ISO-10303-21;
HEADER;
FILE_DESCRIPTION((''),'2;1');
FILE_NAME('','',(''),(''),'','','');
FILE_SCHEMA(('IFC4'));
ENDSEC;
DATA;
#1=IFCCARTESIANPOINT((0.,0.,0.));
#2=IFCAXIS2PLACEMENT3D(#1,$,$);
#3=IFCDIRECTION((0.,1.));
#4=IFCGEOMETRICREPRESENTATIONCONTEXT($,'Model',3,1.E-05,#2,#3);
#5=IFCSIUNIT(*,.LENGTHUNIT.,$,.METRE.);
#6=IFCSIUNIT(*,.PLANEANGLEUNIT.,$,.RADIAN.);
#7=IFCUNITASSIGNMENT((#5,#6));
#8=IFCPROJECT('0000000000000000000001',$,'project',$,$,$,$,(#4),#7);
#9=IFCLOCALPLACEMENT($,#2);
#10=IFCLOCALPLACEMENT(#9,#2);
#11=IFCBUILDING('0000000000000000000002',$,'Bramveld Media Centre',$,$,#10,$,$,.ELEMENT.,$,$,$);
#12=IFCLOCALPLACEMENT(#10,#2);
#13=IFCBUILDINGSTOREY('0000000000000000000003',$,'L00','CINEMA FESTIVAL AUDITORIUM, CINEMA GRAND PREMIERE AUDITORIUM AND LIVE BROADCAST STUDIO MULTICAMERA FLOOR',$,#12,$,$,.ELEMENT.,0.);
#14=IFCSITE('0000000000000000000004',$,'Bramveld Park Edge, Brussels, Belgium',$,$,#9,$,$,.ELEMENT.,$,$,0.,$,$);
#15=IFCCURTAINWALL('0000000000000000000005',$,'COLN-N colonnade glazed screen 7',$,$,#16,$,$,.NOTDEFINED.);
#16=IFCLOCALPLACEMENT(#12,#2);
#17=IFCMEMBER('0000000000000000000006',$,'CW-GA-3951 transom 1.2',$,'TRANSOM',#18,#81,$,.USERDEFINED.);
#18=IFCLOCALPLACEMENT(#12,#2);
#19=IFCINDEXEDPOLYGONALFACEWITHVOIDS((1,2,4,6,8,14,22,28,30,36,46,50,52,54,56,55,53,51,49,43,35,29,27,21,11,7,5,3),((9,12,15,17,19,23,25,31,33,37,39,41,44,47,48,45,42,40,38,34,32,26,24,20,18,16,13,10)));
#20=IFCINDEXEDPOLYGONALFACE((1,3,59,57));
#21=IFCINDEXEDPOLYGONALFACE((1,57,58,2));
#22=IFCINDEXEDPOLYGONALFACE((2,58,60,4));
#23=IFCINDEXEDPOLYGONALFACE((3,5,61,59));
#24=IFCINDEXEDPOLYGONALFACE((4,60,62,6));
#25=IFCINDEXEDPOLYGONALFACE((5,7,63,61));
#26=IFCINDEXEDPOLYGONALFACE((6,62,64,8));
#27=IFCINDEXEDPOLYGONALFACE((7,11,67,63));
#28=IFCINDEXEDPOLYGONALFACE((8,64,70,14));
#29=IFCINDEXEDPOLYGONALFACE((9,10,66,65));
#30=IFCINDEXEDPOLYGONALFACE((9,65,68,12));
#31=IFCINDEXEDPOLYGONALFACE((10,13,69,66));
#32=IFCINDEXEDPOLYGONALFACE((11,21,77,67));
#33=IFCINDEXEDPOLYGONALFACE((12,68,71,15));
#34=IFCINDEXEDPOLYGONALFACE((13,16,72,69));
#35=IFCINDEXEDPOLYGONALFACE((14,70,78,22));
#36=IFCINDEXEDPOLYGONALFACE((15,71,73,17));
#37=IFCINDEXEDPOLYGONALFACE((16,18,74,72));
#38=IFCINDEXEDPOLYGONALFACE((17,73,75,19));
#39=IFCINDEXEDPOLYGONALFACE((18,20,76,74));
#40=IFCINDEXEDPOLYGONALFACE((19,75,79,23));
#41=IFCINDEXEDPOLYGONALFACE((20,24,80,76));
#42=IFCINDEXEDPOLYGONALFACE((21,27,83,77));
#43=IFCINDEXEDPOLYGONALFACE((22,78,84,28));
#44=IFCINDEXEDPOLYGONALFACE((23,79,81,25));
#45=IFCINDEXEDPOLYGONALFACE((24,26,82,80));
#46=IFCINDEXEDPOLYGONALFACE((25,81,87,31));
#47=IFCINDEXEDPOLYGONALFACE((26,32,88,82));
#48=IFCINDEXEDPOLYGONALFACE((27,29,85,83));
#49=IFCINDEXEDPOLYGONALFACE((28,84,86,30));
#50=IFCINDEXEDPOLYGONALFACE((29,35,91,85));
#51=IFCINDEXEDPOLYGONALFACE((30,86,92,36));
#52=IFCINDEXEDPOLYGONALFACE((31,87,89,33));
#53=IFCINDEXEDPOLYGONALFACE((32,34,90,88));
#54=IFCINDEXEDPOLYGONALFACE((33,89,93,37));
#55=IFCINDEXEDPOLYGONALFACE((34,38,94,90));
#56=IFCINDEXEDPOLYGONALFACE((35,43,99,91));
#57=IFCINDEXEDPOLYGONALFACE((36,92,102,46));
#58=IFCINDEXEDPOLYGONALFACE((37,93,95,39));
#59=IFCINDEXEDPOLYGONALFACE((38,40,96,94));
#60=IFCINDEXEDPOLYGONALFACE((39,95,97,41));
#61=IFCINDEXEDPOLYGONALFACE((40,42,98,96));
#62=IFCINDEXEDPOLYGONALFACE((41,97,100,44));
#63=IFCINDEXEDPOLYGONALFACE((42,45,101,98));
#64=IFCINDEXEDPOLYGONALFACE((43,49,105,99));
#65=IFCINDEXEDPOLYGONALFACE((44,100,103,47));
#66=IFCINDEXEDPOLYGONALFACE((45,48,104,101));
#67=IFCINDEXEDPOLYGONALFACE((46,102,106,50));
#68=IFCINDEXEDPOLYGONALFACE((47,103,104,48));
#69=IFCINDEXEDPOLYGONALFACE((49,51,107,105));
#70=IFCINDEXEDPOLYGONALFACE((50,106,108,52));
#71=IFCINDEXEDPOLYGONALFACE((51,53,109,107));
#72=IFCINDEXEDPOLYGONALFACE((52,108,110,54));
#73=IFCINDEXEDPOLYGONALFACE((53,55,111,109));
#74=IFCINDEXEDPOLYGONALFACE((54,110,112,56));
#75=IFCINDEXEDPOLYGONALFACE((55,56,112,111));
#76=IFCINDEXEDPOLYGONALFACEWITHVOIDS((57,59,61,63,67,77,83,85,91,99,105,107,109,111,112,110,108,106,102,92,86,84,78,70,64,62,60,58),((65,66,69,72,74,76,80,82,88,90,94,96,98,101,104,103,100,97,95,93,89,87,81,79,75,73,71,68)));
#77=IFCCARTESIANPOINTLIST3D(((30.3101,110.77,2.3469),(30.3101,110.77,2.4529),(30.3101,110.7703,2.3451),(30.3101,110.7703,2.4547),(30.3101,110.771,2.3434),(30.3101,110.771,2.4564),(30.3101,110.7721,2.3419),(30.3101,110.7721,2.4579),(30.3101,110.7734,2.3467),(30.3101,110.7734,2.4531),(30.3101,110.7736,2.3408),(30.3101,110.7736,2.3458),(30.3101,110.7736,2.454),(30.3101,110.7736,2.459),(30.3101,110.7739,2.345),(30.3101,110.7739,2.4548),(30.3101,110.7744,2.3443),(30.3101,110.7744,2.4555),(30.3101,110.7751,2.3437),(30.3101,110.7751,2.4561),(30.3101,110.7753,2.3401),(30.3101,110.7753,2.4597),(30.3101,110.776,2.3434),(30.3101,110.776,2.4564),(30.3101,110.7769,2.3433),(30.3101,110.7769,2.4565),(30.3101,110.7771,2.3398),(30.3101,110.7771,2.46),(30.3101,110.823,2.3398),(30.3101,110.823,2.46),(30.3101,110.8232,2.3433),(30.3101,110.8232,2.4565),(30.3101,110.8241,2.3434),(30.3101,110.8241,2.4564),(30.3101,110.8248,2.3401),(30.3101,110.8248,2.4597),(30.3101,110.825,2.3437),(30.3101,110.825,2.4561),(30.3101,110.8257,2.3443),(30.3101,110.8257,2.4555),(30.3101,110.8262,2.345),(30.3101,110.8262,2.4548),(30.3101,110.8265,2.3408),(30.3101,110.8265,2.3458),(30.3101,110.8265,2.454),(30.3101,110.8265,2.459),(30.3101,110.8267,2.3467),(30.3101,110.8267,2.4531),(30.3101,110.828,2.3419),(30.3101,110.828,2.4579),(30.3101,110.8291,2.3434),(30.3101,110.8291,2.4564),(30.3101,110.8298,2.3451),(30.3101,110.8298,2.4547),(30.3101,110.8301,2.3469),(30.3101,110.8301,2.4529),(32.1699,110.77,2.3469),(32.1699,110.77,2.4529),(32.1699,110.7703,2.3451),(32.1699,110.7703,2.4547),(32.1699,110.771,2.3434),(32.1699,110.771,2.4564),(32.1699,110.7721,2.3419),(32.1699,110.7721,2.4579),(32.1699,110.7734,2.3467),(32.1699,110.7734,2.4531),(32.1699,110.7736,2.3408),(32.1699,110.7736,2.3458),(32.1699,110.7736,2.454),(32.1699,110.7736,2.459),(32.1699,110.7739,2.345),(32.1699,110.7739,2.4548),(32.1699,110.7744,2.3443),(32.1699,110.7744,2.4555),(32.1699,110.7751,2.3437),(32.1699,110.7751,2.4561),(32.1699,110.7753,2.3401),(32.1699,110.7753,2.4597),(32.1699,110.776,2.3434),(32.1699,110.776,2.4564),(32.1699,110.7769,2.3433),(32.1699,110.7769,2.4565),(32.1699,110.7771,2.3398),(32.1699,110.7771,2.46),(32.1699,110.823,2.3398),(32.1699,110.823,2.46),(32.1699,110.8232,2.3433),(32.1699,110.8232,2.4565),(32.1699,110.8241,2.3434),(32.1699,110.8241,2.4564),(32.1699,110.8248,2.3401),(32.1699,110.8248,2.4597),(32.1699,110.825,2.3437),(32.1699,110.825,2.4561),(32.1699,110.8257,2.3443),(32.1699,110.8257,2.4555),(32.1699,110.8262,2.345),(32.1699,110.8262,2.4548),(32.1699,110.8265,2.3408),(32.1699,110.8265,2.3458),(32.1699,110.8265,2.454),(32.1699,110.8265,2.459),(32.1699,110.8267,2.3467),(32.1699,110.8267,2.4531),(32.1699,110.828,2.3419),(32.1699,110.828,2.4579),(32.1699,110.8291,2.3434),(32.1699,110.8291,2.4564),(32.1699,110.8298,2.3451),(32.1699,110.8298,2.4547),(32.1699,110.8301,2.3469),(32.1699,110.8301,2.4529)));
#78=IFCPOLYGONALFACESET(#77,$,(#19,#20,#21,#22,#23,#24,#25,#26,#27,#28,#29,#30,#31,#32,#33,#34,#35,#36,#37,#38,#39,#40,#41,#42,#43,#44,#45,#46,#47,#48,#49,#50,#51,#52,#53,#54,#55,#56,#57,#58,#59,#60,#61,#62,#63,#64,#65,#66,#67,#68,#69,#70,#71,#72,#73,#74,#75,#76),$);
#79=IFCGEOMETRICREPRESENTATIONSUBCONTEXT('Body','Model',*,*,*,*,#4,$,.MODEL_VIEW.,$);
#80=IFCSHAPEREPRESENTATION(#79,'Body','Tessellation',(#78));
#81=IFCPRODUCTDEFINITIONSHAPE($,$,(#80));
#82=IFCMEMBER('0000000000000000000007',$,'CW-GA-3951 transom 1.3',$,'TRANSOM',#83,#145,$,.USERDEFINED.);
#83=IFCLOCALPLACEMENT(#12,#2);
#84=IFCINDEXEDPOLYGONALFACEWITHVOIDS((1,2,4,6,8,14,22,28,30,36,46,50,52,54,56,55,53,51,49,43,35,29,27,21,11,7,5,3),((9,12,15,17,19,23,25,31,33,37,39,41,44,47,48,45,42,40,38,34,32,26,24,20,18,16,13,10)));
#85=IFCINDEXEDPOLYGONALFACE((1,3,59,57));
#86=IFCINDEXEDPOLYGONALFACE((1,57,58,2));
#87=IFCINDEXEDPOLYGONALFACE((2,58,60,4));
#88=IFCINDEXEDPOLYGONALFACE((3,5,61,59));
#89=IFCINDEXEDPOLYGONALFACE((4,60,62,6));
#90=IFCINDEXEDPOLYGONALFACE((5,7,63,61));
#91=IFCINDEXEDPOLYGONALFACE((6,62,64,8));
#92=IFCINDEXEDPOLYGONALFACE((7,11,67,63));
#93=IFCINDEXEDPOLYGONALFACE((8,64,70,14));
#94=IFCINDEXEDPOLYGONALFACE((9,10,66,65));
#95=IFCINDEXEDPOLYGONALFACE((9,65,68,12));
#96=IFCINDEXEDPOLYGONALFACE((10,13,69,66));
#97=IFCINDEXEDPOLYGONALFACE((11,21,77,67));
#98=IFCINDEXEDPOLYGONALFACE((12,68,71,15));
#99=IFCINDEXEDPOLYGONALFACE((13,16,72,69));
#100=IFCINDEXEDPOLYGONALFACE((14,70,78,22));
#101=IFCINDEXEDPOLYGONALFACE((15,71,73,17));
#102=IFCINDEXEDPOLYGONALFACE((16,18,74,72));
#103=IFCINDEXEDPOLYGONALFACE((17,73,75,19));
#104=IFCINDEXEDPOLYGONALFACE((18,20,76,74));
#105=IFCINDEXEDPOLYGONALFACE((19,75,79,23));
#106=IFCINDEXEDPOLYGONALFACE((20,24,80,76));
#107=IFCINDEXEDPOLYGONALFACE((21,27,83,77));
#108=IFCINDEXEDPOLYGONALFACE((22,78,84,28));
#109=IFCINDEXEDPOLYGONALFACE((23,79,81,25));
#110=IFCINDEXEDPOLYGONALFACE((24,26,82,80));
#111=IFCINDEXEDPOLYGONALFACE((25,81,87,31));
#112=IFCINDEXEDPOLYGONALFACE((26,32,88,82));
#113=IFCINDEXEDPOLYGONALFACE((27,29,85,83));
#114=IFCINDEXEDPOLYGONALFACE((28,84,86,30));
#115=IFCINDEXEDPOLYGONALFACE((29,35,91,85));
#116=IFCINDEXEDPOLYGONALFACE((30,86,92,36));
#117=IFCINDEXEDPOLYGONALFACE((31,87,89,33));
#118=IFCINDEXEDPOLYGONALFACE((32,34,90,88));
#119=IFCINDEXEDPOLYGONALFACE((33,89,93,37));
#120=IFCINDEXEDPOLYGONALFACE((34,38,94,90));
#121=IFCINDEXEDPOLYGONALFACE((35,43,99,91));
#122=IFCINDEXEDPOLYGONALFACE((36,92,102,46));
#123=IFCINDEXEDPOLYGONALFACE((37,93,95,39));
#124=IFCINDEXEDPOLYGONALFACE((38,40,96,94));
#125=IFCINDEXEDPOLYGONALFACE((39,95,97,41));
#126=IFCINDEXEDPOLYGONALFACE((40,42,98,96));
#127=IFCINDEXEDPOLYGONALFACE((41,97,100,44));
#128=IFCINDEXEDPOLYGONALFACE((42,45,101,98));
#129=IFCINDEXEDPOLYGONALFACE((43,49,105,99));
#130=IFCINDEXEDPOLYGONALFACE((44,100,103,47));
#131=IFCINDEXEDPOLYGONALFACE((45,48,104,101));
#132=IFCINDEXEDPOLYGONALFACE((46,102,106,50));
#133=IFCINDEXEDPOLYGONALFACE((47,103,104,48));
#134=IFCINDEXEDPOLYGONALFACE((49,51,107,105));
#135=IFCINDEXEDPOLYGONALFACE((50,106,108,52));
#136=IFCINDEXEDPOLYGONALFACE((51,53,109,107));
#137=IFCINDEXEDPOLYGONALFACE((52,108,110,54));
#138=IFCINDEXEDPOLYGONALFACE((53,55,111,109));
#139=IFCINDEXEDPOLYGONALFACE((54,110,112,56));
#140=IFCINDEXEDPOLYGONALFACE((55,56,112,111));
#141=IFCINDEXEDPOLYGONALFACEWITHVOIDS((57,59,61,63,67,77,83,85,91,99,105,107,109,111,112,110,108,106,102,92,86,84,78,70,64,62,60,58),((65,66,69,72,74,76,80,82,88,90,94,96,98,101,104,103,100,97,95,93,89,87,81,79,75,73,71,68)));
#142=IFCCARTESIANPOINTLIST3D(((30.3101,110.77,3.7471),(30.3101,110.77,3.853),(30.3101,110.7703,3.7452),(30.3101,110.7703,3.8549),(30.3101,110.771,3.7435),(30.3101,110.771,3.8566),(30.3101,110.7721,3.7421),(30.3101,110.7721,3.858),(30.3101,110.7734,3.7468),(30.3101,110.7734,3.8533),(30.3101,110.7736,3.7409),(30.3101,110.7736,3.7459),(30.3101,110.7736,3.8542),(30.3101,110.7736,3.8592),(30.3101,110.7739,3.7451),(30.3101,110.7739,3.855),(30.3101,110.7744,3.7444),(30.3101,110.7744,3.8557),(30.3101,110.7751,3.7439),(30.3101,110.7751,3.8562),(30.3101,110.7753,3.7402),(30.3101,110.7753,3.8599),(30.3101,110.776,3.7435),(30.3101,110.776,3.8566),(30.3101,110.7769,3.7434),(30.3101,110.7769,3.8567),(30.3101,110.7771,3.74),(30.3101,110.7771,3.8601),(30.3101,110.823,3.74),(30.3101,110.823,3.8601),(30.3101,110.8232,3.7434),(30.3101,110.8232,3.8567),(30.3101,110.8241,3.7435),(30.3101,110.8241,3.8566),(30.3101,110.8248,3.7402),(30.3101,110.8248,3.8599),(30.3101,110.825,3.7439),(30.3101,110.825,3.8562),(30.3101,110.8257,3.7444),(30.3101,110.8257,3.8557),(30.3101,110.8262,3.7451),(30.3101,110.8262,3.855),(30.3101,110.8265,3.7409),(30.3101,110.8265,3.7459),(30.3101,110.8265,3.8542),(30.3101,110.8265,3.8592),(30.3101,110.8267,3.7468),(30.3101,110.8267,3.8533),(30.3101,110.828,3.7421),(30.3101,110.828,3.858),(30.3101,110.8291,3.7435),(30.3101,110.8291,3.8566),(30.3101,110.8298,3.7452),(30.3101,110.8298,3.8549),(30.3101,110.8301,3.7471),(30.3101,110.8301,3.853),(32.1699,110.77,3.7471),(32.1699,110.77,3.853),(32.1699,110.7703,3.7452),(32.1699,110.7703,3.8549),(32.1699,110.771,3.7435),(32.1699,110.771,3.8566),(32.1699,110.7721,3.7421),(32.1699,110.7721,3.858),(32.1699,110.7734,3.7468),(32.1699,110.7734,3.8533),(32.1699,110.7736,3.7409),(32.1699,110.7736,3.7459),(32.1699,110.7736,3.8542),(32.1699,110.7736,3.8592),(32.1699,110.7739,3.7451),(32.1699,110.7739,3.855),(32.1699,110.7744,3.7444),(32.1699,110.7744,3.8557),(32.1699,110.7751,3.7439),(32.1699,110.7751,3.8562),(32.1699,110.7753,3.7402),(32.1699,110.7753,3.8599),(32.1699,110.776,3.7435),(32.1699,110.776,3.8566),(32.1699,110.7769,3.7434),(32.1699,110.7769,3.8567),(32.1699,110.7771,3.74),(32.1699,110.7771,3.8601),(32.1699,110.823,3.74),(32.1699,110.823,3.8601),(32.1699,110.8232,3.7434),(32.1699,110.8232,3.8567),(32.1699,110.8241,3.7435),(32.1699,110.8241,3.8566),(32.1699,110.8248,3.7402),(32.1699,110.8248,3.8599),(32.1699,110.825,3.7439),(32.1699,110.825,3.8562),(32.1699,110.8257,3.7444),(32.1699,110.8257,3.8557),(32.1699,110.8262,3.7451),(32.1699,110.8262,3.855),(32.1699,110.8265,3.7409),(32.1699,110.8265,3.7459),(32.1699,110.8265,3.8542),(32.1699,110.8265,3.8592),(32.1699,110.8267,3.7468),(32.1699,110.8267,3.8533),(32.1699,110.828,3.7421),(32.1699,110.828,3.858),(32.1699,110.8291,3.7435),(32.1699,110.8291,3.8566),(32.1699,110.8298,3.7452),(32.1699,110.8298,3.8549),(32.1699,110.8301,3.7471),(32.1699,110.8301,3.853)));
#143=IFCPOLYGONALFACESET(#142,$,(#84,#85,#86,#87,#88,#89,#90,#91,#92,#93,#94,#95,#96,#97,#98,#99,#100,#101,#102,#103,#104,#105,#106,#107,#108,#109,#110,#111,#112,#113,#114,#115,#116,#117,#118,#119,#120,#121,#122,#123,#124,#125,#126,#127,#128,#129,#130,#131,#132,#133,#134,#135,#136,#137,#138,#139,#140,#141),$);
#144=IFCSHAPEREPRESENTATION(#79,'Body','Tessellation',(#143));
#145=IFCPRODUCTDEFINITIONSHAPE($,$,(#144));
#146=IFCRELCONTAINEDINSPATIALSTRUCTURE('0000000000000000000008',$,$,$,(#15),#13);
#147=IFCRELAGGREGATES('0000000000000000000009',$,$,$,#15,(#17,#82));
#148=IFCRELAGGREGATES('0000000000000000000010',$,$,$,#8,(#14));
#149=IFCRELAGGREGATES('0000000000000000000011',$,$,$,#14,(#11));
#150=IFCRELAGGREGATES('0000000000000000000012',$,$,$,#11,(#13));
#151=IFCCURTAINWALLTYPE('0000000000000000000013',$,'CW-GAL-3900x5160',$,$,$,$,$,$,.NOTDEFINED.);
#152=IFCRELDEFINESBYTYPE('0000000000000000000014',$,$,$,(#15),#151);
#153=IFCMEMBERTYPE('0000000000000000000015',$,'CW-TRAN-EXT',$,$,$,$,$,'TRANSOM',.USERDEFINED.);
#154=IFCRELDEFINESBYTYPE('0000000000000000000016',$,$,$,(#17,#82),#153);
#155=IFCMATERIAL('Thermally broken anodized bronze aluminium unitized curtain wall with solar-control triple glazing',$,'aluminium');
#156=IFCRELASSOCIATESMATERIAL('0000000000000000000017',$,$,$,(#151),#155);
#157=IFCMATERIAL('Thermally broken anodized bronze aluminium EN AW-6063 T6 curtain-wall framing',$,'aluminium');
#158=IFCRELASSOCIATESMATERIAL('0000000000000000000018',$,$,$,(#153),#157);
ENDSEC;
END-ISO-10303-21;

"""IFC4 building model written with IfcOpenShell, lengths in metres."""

from ifc_helpers import new_model, si_unit, direction, frame, origin, origin_2d, place, context, subcontext, project, spatial, hollow_rectangle, extrude, material, material_profile, profile_set, type_object, element, aggregate, save


model = new_model("IFC4")

# Units and contexts
model_context = context("Model", 3, precision=1e-05, world=origin(), true_north=direction((0.0, 1.0)))
body_context = subcontext(model_context, "Body", "Model", "MODEL_VIEW")
ifc_project = project(units=[si_unit("LENGTHUNIT", "METRE"), si_unit("PLANEANGLEUNIT", "RADIAN")], contexts=[model_context])

# Site, building, storey
site_placement = place(None, origin())
site = spatial("IfcSite", under=ifc_project, at=site_placement, Name="Bramveld Park Edge, Brussels, Belgium", CompositionType="ELEMENT", RefElevation=0.0)
building_placement = place(site_placement, origin())
building = spatial("IfcBuilding", under=site, at=building_placement, Name="Bramveld Media Centre", CompositionType="ELEMENT")
storey_placement = place(building_placement, origin())
storey = spatial("IfcBuildingStorey", under=building, at=storey_placement, Name="L00", Description="CINEMA FESTIVAL AUDITORIUM, CINEMA GRAND PREMIERE AUDITORIUM AND LIVE BROADCAST STUDIO MULTICAMERA FLOOR", CompositionType="ELEMENT", Elevation=0.0)

# Curtain wall, members
ifc_material_1 = material(Name="Thermally broken anodized bronze aluminium unitized curtain wall with solar-control triple glazing", Category="aluminium")
curtain_wall_type_1 = type_object("IfcCurtainWallType", Name="CW-GAL-3900x5160", PredefinedType="NOTDEFINED", material=ifc_material_1)
curtain_wall_1_placement = place(storey_placement, origin())
curtain_wall_1 = element("IfcCurtainWall", 1, at=curtain_wall_1_placement, inside=storey, type_object=curtain_wall_type_1, Name="COLN-N colonnade glazed screen 7", PredefinedType="NOTDEFINED")
ifc_material_2 = material(Name="Thermally broken anodized bronze aluminium EN AW-6063 T6 curtain-wall framing", Category="aluminium")
ifc_material_profile_1 = material_profile(ifc_material_2, hollow_rectangle(XDim=0.0601, YDim=0.1201, WallThickness=0.0034, InnerFilletRadius=0.0034, OuterFilletRadius=0.0071, at=origin_2d()), Name="AL-TRAN 60x120")
ifc_profile_set_1 = profile_set([ifc_material_profile_1], Name="Thermally broken anodized bronze aluminium EN AW-6063 T6 curtain-wall framing")
member_type_1 = type_object("IfcMemberType", Name="CW-TRAN-EXT", ElementType="TRANSOM", PredefinedType="USERDEFINED", material=ifc_profile_set_1)
member_1_placement = place(storey_placement, frame((30.3101, 110.8, 2.3999), z_axis=(1.0, 0.0, 0.0), x_axis=(0.0, 1.0, 0.0)))
member_1 = element("IfcMember", 2, at=member_1_placement, type_object=member_type_1, Name="CW-GA-3951 transom 1.2", ObjectType="TRANSOM", PredefinedType="USERDEFINED", context=body_context, shape_type="SweptSolid", body=[
    extrude(hollow_rectangle(XDim=0.0601, YDim=0.1201, WallThickness=0.0034, InnerFilletRadius=0.0034, OuterFilletRadius=0.0071, at=origin_2d()), origin(), (0.0, 0.0, 1.0), 1.8599),
])
member_2_placement = place(storey_placement, frame((30.3101, 110.8, 3.8), z_axis=(1.0, 0.0, 0.0), x_axis=(0.0, 1.0, 0.0)))
member_2 = element("IfcMember", 3, at=member_2_placement, type_object=member_type_1, Name="CW-GA-3951 transom 1.3", ObjectType="TRANSOM", PredefinedType="USERDEFINED", context=body_context, shape_type="SweptSolid", body=[
    extrude(hollow_rectangle(XDim=0.0601, YDim=0.1201, WallThickness=0.0034, InnerFilletRadius=0.0034, OuterFilletRadius=0.0071, at=origin_2d()), origin(), (0.0, 0.0, 1.0), 1.8599),
])

aggregate(curtain_wall_1, [member_1, member_2])

save(model, "model.ifc")
